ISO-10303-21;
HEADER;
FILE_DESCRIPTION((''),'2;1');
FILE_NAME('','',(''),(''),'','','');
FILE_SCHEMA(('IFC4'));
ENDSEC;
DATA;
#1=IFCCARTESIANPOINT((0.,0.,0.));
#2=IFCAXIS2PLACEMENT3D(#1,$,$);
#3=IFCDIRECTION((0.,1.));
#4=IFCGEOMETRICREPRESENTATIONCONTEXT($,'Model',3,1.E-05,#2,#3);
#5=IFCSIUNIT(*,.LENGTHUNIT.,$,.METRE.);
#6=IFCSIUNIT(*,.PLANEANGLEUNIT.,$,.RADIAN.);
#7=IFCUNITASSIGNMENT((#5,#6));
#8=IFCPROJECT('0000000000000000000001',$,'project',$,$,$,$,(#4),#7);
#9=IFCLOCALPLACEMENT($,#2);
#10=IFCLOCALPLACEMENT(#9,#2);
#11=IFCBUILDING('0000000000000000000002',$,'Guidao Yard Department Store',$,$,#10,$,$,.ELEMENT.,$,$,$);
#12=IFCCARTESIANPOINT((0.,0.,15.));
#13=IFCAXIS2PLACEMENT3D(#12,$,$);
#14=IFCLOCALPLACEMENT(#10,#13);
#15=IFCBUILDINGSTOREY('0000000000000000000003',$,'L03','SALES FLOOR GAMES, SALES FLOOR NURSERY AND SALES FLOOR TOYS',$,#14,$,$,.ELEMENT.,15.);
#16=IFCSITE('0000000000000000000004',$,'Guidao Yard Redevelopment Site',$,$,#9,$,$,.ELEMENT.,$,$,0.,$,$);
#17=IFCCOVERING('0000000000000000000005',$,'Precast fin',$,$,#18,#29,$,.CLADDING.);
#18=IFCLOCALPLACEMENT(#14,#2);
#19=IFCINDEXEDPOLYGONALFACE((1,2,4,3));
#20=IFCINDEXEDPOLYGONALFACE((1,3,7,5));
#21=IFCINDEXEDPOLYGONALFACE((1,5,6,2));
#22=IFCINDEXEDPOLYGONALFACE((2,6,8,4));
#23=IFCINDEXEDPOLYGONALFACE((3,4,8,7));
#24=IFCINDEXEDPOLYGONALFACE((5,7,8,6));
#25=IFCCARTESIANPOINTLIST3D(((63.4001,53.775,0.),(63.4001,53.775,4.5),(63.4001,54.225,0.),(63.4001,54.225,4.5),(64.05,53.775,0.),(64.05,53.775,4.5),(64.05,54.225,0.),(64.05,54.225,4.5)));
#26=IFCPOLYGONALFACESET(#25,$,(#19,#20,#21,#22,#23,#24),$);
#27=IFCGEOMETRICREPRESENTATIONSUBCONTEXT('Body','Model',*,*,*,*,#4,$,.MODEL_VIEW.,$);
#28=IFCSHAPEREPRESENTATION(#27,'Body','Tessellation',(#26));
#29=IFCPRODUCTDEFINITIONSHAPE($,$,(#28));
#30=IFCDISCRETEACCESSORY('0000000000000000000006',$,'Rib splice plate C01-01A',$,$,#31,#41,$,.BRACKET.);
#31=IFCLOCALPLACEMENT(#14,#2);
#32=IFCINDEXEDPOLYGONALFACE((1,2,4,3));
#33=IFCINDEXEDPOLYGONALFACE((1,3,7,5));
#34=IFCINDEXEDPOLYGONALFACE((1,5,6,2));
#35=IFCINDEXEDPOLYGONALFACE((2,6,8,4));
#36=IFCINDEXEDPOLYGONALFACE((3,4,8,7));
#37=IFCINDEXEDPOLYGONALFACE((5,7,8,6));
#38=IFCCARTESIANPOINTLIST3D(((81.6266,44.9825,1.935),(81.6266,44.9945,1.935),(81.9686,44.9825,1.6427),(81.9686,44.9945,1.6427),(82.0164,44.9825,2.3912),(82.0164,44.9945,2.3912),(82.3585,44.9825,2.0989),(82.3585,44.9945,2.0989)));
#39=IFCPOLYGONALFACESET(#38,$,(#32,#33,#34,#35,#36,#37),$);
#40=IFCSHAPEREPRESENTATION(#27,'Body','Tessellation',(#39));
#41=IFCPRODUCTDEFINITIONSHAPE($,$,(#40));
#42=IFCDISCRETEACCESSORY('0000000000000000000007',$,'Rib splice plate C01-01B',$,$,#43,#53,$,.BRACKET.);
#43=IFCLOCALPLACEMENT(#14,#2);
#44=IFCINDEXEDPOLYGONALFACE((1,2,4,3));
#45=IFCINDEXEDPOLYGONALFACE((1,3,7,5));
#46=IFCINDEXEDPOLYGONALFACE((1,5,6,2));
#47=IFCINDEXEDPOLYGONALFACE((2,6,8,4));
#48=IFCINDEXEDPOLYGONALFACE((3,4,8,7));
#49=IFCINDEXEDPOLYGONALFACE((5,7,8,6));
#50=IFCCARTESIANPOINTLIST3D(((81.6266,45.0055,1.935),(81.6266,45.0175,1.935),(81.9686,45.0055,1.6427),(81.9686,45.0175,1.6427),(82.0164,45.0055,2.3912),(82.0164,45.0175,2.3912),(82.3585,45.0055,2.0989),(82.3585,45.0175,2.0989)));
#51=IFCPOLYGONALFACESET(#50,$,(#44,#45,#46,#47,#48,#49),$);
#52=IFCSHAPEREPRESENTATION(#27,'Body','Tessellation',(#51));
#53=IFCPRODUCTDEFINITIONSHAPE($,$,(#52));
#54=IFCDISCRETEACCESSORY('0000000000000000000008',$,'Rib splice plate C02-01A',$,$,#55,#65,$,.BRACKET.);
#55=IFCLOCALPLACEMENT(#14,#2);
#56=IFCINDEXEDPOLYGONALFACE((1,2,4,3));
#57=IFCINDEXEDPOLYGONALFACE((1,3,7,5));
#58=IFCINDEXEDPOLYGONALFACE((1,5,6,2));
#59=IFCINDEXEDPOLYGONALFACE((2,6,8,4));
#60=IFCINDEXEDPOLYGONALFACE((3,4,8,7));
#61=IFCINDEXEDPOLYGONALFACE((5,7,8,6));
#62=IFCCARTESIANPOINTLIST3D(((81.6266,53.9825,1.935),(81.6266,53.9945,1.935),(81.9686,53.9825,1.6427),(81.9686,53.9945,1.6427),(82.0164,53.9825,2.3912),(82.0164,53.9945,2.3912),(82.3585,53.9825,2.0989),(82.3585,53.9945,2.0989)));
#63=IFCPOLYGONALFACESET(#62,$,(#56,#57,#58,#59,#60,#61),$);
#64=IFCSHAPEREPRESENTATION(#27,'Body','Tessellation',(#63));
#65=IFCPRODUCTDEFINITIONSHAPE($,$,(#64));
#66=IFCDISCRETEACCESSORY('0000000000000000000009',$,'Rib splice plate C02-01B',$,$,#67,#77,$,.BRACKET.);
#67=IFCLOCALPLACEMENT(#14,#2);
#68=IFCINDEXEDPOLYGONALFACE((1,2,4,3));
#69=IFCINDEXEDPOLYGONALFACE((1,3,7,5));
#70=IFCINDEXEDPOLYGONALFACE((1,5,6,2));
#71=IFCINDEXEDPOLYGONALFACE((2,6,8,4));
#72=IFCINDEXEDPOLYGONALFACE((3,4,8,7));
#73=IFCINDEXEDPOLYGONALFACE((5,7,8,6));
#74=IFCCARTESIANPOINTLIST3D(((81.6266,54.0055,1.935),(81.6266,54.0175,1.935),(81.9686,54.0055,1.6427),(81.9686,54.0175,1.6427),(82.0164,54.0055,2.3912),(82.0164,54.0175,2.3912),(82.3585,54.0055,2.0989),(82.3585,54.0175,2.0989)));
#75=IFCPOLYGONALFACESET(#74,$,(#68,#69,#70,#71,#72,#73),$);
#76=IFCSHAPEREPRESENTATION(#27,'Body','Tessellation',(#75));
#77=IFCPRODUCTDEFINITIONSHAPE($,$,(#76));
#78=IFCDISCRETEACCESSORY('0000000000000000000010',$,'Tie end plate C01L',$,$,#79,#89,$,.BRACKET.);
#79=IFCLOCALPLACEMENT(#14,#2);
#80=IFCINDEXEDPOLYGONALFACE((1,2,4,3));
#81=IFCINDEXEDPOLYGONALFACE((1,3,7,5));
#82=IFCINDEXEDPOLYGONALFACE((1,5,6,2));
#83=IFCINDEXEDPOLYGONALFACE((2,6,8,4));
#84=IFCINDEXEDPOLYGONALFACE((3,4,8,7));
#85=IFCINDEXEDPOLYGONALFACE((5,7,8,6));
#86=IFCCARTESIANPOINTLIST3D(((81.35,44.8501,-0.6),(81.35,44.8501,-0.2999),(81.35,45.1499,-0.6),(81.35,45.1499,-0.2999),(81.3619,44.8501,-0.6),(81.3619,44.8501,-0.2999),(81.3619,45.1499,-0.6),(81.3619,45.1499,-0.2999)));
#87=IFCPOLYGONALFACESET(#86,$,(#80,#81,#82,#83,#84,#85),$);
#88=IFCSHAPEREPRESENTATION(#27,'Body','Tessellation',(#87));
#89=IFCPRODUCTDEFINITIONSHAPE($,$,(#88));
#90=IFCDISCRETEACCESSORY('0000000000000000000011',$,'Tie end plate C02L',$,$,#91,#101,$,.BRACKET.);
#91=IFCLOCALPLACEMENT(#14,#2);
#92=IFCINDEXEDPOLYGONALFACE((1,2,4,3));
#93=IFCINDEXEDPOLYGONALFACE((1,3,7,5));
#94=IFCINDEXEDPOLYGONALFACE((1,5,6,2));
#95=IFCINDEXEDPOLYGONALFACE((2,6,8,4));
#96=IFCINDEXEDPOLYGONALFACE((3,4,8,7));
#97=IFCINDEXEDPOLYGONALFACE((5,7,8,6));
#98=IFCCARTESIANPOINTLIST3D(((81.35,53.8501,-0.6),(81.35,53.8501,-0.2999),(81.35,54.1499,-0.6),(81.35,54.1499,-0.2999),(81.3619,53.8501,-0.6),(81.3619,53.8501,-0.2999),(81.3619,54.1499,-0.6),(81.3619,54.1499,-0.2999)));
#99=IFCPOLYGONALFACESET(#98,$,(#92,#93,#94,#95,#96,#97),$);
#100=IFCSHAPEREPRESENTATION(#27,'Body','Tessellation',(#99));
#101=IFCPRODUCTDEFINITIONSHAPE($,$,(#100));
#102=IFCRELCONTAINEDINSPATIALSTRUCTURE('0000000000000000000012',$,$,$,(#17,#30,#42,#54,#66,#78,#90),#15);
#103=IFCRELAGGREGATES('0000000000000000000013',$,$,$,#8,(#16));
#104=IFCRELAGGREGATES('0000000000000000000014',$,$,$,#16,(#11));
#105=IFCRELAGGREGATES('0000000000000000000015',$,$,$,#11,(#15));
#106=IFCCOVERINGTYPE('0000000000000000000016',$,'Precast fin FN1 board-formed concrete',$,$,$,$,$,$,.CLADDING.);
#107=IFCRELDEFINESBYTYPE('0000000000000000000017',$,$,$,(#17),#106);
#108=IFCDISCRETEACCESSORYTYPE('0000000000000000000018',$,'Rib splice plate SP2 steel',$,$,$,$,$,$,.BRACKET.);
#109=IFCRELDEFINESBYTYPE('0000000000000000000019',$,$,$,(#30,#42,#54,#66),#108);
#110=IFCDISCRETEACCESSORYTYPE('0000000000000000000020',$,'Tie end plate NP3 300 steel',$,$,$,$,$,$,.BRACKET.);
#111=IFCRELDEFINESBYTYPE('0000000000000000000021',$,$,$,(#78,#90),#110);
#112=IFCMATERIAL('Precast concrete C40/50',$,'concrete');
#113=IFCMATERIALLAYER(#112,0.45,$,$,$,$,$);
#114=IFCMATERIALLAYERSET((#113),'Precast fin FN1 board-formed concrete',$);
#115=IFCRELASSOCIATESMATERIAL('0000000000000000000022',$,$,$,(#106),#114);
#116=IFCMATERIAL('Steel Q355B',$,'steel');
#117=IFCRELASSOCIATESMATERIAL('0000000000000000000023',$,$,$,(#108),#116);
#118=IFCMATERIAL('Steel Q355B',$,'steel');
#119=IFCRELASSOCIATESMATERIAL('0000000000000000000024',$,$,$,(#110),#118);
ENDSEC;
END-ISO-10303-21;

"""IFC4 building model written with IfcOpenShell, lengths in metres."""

from ifc_helpers import new_model, si_unit, direction, frame, origin, origin_2d, place, context, subcontext, project, spatial, rectangle, extrude, material, layer, layer_set, material_profile, profile_set, type_object, element, save


model = new_model("IFC4")

# Units and contexts
model_context = context("Model", 3, precision=1e-05, world=origin(), true_north=direction((0.0, 1.0)))
body_context = subcontext(model_context, "Body", "Model", "MODEL_VIEW")
ifc_project = project(units=[si_unit("LENGTHUNIT", "METRE"), si_unit("PLANEANGLEUNIT", "RADIAN")], contexts=[model_context])

# Site, building, storey
site_placement = place(None, origin())
site = spatial("IfcSite", under=ifc_project, at=site_placement, Name="Guidao Yard Redevelopment Site", CompositionType="ELEMENT", RefElevation=0.0)
building_placement = place(site_placement, origin())
building = spatial("IfcBuilding", under=site, at=building_placement, Name="Guidao Yard Department Store", CompositionType="ELEMENT")
storey_placement = place(building_placement, frame((0.0, 0.0, 15.0)))
storey = spatial("IfcBuildingStorey", under=building, at=storey_placement, Name="L03", Description="SALES FLOOR GAMES, SALES FLOOR NURSERY AND SALES FLOOR TOYS", CompositionType="ELEMENT", Elevation=15.0)

# Covering
ifc_material_1 = material(Name="Precast concrete C40/50", Category="concrete")
ifc_layer_1 = layer(ifc_material_1, 0.45)
ifc_layer_set_1 = layer_set([ifc_layer_1], Name="Precast fin FN1 board-formed concrete")
covering_type = type_object("IfcCoveringType", Name="Precast fin FN1 board-formed concrete", PredefinedType="CLADDING", material=ifc_layer_set_1)
covering_placement = place(storey_placement, frame((63.7251, 54.0, 0.0), z_axis=(0.0, 0.0, 1.0), x_axis=(0.0, -1.0, 0.0)))
element("IfcCovering", 1, at=covering_placement, inside=storey, type_object=covering_type, Name="Precast fin", PredefinedType="CLADDING", context=body_context, shape_type="SweptSolid", body=[
    extrude(rectangle(XDim=0.45, YDim=0.6499, at=origin_2d()), origin(), (0.0, 0.0, 1.0), 4.5),
])

# Discrete accessories
ifc_material_2 = material(Name="Steel Q355B", Category="steel")
ifc_material_profile_1 = material_profile(ifc_material_2, rectangle(XDim=0.012, YDim=0.45, at=origin_2d()), Name="Splice plate 450x12")
ifc_profile_set_1 = profile_set([ifc_material_profile_1], Name="Steel Q355B")
discrete_accessory_type_1 = type_object("IfcDiscreteAccessoryType", Name="Rib splice plate SP2 steel", PredefinedType="BRACKET", material=ifc_profile_set_1)
for number, where, z_axis, x_axis, name in (
    (2, (81.7976, 44.9885, 1.7888), (0.649618, 0.0, 0.760261), (0.0, 1.0, 0.0), "Rib splice plate C01-01A"),
    (3, (81.7976, 45.0115, 1.7888), (0.649618, 0.0, 0.760261), (0.0, 1.0, 0.0), "Rib splice plate C01-01B"),
    (4, (81.7976, 53.9885, 1.7888), (0.649618, 0.0, 0.760261), (0.0, 1.0, 0.0), "Rib splice plate C02-01A"),
    (5, (81.7976, 54.0115, 1.7888), (0.649618, 0.0, 0.760261), (0.0, 1.0, 0.0), "Rib splice plate C02-01B"),
):
    element("IfcDiscreteAccessory", number, at=place(storey_placement, frame(where, z_axis=z_axis, x_axis=x_axis)), inside=storey, type_object=discrete_accessory_type_1, Name=name, PredefinedType="BRACKET", context=body_context, shape_type="SweptSolid", body=[
        extrude(rectangle(XDim=0.012, YDim=0.45, at=origin_2d()), origin(), (0.0, 0.0, 1.0), 0.6001),
    ])
ifc_material_3 = material(Name="Steel Q355B", Category="steel")
ifc_material_profile_2 = material_profile(ifc_material_3, rectangle(XDim=0.3, YDim=0.012, at=origin_2d()), Name="Node plate 300x12")
ifc_profile_set_2 = profile_set([ifc_material_profile_2], Name="Steel Q355B")
discrete_accessory_type_2 = type_object("IfcDiscreteAccessoryType", Name="Tie end plate NP3 300 steel", PredefinedType="BRACKET", material=ifc_profile_set_2)
for number, where, z_axis, x_axis, name in (
    (6, (81.356, 44.8501, -0.45), (0.0, 1.0, 0.0), (0.0, 0.0, 1.0), "Tie end plate C01L"),
    (7, (81.356, 53.8501, -0.45), (0.0, 1.0, 0.0), (0.0, 0.0, 1.0), "Tie end plate C02L"),
):
    element("IfcDiscreteAccessory", number, at=place(storey_placement, frame(where, z_axis=z_axis, x_axis=x_axis)), inside=storey, type_object=discrete_accessory_type_2, Name=name, PredefinedType="BRACKET", context=body_context, shape_type="SweptSolid", body=[
        extrude(rectangle(XDim=0.3, YDim=0.012, at=origin_2d()), origin(), (0.0, 0.0, 1.0), 0.2998),
    ])

save(model, "model.ifc")
